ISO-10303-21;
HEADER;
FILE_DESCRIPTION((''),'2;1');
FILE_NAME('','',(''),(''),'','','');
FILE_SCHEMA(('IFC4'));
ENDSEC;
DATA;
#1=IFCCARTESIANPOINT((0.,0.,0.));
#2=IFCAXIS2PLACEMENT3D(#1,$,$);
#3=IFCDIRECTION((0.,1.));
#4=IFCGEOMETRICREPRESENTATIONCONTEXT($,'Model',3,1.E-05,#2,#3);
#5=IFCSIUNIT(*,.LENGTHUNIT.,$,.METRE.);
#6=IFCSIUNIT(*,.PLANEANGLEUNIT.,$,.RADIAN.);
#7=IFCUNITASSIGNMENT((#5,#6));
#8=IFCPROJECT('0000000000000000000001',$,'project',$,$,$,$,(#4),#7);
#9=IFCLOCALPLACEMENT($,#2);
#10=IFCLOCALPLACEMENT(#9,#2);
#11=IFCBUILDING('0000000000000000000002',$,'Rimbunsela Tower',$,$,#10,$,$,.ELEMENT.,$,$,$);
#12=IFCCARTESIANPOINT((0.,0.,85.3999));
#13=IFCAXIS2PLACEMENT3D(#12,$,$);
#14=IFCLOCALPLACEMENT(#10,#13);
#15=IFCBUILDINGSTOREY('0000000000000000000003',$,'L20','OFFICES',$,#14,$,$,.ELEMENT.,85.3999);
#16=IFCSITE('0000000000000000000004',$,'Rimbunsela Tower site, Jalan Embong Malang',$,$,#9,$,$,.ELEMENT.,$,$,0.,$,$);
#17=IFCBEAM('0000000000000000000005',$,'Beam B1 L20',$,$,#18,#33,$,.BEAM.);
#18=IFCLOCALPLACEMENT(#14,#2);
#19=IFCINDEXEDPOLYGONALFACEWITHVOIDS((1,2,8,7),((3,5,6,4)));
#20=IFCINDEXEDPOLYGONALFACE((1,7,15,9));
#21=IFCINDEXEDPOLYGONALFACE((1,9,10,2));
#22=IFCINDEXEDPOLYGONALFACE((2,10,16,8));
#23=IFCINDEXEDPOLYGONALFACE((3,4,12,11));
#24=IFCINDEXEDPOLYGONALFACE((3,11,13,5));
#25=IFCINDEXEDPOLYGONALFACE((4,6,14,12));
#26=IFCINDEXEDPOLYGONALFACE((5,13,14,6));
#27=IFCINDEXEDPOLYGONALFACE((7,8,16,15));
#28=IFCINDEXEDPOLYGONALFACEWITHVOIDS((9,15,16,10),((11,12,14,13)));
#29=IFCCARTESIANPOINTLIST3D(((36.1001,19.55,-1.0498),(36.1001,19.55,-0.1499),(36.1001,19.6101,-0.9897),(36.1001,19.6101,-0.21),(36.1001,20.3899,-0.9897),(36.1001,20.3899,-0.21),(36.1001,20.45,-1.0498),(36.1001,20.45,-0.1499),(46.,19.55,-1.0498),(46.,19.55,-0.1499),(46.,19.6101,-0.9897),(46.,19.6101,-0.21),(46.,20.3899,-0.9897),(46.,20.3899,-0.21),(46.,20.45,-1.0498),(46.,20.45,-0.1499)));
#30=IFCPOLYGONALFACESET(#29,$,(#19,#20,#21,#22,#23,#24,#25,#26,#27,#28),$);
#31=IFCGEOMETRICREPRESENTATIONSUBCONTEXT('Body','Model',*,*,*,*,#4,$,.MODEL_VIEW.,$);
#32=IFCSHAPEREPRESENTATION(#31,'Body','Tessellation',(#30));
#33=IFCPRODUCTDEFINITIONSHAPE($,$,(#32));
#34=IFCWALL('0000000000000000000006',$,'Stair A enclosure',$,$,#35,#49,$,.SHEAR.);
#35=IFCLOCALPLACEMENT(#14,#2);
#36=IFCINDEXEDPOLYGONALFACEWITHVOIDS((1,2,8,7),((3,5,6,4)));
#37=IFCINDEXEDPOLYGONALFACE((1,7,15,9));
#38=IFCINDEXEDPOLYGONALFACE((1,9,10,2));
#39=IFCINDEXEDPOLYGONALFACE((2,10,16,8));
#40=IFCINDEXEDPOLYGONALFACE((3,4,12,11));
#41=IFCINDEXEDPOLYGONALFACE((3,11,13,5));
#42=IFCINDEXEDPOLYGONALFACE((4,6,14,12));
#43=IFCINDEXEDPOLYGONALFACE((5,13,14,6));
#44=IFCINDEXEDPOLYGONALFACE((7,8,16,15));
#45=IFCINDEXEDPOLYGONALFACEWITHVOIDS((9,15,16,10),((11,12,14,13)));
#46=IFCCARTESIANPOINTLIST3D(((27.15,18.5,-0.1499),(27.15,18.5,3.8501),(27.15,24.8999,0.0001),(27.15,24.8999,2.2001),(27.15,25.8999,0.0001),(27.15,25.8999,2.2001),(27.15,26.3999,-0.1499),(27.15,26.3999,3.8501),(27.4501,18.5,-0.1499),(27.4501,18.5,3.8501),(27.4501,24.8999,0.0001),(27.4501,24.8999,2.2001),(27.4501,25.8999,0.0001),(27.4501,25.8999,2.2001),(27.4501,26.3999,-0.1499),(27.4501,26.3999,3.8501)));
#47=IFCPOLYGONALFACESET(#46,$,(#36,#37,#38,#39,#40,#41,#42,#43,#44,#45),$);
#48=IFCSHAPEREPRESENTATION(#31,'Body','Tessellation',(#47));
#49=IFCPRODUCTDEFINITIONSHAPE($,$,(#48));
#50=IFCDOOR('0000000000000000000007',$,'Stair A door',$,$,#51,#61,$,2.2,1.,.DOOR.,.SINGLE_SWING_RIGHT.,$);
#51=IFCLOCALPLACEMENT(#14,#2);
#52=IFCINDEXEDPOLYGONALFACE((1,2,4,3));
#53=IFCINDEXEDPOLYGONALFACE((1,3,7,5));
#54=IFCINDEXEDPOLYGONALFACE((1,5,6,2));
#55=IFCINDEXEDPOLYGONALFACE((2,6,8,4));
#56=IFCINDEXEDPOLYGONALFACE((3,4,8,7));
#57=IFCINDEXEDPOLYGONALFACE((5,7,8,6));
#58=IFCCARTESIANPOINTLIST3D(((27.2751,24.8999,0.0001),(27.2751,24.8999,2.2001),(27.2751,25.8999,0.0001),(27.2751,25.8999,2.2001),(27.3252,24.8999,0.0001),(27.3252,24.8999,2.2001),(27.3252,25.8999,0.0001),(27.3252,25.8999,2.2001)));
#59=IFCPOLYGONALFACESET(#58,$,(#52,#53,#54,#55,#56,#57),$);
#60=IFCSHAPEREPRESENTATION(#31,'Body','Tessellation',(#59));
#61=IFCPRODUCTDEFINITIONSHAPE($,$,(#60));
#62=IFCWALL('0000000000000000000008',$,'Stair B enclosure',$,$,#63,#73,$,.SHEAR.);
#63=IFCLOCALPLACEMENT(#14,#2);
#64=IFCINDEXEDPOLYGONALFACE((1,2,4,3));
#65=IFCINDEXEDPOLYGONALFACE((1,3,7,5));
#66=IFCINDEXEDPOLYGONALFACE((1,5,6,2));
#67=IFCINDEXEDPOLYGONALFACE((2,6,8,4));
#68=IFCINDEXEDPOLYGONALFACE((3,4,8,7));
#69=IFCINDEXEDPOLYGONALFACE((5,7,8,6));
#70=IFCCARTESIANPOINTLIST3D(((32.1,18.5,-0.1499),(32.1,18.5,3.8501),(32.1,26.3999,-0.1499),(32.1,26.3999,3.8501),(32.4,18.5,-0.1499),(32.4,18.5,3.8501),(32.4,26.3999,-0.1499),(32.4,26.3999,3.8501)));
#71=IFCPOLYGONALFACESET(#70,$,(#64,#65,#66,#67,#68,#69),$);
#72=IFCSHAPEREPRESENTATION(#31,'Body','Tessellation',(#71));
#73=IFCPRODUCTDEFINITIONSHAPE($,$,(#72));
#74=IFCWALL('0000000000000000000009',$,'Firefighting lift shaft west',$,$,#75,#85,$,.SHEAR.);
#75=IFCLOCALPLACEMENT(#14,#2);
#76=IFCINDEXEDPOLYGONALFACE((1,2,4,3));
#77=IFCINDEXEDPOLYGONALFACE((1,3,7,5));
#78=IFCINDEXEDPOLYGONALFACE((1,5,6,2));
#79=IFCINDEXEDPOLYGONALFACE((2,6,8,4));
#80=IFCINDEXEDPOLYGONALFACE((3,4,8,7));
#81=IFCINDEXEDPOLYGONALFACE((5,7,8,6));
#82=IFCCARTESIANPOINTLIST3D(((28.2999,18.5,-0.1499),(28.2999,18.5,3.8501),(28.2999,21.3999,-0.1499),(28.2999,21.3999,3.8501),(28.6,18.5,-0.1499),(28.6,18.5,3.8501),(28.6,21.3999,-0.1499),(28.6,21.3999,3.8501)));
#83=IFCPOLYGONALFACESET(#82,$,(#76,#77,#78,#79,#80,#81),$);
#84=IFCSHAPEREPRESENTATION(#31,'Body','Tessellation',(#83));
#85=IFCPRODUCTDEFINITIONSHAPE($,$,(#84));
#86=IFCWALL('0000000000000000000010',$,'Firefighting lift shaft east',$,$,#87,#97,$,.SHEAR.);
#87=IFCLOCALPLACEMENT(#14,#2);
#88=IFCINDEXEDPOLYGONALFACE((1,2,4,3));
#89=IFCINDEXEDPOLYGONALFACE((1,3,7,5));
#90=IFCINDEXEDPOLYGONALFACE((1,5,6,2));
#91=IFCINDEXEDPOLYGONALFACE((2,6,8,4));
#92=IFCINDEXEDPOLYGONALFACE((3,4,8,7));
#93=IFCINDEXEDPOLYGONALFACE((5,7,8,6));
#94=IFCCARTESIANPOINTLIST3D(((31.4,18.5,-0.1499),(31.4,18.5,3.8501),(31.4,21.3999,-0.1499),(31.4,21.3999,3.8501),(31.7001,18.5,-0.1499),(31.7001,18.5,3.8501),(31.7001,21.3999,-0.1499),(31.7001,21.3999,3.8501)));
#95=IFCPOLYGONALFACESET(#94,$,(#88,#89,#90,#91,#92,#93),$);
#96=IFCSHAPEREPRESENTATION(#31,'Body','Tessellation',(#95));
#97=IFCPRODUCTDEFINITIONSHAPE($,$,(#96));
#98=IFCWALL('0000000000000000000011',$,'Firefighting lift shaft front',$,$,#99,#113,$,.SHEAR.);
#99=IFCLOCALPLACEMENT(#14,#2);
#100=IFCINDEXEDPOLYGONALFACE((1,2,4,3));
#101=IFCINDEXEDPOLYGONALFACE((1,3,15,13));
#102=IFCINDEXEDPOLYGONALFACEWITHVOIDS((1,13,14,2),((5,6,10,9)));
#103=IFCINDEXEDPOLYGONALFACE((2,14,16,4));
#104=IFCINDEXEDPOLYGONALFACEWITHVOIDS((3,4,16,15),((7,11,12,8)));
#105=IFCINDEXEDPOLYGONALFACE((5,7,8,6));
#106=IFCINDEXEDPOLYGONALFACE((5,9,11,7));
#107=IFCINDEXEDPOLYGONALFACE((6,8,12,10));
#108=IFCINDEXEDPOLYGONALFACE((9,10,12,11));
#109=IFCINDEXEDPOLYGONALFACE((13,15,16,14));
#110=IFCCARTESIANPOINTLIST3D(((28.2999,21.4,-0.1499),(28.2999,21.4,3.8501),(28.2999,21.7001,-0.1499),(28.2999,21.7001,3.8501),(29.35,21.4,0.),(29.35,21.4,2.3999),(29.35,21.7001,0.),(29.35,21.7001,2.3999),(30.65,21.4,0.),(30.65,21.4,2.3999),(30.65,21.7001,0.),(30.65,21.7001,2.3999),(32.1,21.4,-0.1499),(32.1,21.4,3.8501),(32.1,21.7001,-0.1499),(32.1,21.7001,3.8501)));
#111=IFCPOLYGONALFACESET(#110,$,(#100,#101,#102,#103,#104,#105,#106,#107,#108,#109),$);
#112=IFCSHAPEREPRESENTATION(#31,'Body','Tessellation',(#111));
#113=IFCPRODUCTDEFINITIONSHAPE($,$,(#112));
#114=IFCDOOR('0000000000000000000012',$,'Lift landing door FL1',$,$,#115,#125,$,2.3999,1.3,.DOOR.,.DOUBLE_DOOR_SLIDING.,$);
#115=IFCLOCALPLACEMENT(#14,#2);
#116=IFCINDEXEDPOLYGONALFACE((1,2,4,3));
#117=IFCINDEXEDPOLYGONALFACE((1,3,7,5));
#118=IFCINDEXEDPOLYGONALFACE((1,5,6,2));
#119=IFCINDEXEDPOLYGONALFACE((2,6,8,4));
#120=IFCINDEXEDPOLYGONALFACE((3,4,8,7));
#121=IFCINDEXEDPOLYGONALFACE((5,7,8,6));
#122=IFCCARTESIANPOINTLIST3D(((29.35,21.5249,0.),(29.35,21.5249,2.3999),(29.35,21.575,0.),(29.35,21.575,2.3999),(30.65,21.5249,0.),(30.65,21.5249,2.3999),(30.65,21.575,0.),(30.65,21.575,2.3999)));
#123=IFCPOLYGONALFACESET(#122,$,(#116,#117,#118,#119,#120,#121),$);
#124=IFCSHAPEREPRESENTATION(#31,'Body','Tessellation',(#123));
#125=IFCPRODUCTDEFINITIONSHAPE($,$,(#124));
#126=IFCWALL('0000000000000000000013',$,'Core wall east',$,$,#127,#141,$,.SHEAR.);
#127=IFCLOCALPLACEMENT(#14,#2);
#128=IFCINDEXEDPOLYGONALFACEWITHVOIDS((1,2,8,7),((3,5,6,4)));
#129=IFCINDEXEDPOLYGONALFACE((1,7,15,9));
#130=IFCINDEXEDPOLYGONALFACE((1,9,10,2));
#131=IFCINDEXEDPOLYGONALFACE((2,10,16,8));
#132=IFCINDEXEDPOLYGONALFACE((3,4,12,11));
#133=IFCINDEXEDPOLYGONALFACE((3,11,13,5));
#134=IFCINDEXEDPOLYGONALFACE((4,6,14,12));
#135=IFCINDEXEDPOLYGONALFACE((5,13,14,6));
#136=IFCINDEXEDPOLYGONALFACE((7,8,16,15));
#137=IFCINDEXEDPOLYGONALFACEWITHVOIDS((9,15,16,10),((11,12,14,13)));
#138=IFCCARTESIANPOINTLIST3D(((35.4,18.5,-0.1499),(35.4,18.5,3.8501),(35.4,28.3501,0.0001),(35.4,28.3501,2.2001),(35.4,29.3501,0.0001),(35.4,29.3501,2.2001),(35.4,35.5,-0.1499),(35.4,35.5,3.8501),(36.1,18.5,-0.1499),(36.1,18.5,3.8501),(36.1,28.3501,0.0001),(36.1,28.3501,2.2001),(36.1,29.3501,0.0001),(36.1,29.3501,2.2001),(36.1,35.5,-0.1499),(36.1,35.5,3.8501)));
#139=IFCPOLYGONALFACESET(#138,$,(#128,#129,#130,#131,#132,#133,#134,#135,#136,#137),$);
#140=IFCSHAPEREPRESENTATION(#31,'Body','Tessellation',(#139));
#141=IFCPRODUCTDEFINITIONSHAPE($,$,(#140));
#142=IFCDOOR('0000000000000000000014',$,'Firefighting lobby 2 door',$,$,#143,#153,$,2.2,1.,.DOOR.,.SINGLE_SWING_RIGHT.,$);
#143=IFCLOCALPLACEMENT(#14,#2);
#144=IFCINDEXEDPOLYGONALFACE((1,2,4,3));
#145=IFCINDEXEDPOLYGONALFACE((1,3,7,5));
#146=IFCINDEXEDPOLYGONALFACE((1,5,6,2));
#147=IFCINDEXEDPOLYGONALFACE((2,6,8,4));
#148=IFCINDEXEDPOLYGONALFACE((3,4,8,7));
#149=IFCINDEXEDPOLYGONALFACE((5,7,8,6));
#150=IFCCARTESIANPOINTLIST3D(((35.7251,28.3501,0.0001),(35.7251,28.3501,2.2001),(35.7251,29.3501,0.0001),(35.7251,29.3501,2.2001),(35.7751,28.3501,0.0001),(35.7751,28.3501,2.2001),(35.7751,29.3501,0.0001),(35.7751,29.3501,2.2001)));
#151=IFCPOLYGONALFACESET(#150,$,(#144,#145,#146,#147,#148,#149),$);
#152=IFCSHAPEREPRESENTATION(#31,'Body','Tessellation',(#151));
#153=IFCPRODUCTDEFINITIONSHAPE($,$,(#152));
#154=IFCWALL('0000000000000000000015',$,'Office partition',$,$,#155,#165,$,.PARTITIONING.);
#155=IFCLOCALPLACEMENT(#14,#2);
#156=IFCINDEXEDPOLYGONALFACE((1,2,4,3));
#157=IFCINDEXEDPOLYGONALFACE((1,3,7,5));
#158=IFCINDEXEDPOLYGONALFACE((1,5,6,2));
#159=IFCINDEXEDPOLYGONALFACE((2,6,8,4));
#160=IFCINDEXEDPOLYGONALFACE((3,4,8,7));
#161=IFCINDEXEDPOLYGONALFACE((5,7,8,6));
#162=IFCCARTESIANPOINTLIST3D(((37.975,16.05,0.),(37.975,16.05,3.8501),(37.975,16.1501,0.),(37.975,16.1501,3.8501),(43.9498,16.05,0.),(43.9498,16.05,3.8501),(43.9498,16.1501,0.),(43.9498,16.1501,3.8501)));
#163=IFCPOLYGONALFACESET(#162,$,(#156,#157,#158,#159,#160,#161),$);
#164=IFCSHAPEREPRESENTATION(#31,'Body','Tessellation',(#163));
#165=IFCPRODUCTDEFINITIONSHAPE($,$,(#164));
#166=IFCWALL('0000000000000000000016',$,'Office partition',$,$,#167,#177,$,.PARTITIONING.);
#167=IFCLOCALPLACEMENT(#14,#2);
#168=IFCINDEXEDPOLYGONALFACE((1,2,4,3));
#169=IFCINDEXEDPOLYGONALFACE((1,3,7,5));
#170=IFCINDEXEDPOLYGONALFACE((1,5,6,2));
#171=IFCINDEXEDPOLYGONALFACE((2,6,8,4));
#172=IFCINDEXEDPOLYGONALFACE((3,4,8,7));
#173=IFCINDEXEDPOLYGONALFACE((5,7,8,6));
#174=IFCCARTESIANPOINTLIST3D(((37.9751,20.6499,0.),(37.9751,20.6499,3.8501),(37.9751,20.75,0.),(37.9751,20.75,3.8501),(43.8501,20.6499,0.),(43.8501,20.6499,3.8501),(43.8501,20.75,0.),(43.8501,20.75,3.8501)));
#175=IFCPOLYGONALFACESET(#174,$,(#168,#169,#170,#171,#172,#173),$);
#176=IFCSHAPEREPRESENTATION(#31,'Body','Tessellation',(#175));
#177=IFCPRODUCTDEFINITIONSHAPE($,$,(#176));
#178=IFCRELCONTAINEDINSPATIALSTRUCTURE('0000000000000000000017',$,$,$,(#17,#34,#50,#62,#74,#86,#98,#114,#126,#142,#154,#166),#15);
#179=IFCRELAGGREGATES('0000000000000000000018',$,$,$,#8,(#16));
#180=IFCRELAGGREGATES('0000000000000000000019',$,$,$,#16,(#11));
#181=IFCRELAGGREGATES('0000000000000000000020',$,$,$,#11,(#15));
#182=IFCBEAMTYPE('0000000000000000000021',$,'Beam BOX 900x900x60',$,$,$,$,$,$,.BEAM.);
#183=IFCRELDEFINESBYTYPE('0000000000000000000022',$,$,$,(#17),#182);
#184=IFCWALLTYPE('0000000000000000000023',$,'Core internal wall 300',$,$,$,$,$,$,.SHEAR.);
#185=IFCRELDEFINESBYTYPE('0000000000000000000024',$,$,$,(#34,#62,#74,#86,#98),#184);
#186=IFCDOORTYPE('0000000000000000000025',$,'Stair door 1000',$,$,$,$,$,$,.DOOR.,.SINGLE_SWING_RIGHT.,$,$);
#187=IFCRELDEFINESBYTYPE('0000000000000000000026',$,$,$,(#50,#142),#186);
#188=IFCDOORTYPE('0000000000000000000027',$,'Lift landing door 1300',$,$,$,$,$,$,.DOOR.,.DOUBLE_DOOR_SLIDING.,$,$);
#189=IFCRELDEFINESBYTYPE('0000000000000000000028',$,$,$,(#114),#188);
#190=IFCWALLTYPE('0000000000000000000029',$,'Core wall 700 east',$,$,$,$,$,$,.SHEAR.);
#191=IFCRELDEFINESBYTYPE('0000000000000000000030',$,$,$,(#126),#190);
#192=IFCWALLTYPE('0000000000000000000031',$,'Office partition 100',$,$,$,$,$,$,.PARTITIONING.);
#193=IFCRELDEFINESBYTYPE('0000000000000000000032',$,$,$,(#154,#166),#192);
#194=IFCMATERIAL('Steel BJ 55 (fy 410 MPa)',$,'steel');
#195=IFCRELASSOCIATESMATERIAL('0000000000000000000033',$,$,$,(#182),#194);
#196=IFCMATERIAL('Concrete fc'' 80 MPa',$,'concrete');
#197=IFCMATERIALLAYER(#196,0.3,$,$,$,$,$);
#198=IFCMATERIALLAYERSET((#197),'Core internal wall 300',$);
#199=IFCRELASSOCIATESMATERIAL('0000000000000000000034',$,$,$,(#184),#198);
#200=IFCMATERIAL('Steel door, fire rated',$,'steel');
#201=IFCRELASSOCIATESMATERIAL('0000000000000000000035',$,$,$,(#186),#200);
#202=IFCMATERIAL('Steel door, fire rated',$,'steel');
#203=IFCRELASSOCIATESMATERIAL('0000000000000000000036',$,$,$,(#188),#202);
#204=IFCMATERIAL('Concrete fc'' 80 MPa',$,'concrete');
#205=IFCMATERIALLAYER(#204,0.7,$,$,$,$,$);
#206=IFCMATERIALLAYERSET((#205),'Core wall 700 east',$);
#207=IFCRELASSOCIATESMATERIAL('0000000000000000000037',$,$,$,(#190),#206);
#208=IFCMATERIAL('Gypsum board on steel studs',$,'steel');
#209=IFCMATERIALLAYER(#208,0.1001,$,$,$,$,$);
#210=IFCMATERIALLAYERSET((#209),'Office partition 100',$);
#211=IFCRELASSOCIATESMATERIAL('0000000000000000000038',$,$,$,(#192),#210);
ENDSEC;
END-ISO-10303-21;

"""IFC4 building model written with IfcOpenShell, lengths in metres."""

from ifc_helpers import new_model, si_unit, direction, frame, frame_2d, origin, origin_2d, place, context, subcontext, project, spatial, rectangle, hollow_rectangle, extrude, material, layer, layer_set, material_profile, profile_set, type_object, element, fill, save


model = new_model("IFC4")

# Units and contexts
model_context = context("Model", 3, precision=1e-05, world=origin(), true_north=direction((0.0, 1.0)))
body_context = subcontext(model_context, "Body", "Model", "MODEL_VIEW")
ifc_project = project(units=[si_unit("LENGTHUNIT", "METRE"), si_unit("PLANEANGLEUNIT", "RADIAN")], contexts=[model_context])

# Site, building, storey
site_placement = place(None, origin())
site = spatial("IfcSite", under=ifc_project, at=site_placement, Name="Rimbunsela Tower site, Jalan Embong Malang", CompositionType="ELEMENT", RefElevation=0.0)
building_placement = place(site_placement, origin())
building = spatial("IfcBuilding", under=site, at=building_placement, Name="Rimbunsela Tower", CompositionType="ELEMENT")
storey_placement = place(building_placement, frame((0.0, 0.0, 85.3999)))
storey = spatial("IfcBuildingStorey", under=building, at=storey_placement, Name="L20", Description="OFFICES", CompositionType="ELEMENT", Elevation=85.3999)

# Beam
ifc_material_1 = material(Name="Steel BJ 55 (fy 410 MPa)", Category="steel")
ifc_material_profile = material_profile(ifc_material_1, hollow_rectangle(XDim=0.8999, YDim=0.8999, WallThickness=0.0601, at=origin_2d()), Name="BOX 900x900x60")
ifc_profile_set = profile_set([ifc_material_profile], Name="Steel BJ 55 (fy 410 MPa)")
beam_type = type_object("IfcBeamType", Name="Beam BOX 900x900x60", PredefinedType="BEAM", material=ifc_profile_set)
beam_placement = place(storey_placement, frame((36.1001, 20.0, -0.5999), z_axis=(1.0, 0.0, 0.0), x_axis=(0.0, 1.0, 0.0)))
element("IfcBeam", 1, at=beam_placement, inside=storey, type_object=beam_type, Name="Beam B1 L20", PredefinedType="BEAM", context=body_context, shape_type="SweptSolid", body=[
    extrude(hollow_rectangle(XDim=0.8999, YDim=0.8999, WallThickness=0.0601, at=origin_2d()), origin(), (0.0, 0.0, 1.0), 9.8999),
])

# Wall, opening, door
ifc_material_2 = material(Name="Concrete fc' 80 MPa", Category="concrete")
ifc_layer_1 = layer(ifc_material_2, 0.3)
ifc_layer_set_1 = layer_set([ifc_layer_1], Name="Core internal wall 300")
wall_type_1 = type_object("IfcWallType", Name="Core internal wall 300", PredefinedType="SHEAR", material=ifc_layer_set_1)
wall_1_placement = place(storey_placement, frame((27.3, 18.5, -0.1499), z_axis=(0.0, 0.0, 1.0), x_axis=(0.0, 1.0, 0.0)))
wall_1 = element("IfcWall", 2, at=wall_1_placement, inside=storey, type_object=wall_type_1, Name="Stair A enclosure", PredefinedType="SHEAR", context=body_context, shape_type="SweptSolid", body=[
    extrude(rectangle(XDim=7.8999, YDim=0.3, at=frame_2d((3.95, 0.0))), origin(), (0.0, 0.0, 1.0), 4.0),
])
opening_1_placement = place(wall_1_placement, frame((6.3999, 0.0, 0.1499)))
opening_1 = element("IfcOpeningElement", 3, at=opening_1_placement, cuts=wall_1, PredefinedType="OPENING", context=body_context, shape_type="SweptSolid", body=[
    extrude(rectangle(XDim=1.0, YDim=2.2, at=frame_2d((0.5, 1.1001))), frame((0.0, 0.1599, 0.0), z_axis=(0.0, -1.0, 0.0), x_axis=(1.0, 0.0, 0.0)), (0.0, 0.0, 1.0), 0.3201),
])
ifc_material_3 = material(Name="Steel door, fire rated", Category="steel")
door_type_1 = type_object("IfcDoorType", Name="Stair door 1000", OperationType="SINGLE_SWING_RIGHT", PredefinedType="DOOR", material=ifc_material_3)
door_1_placement = place(opening_1_placement, origin())
door_1 = element("IfcDoor", 4, at=door_1_placement, inside=storey, type_object=door_type_1, Name="Stair A door", OperationType="SINGLE_SWING_RIGHT", OverallHeight=2.2, OverallWidth=1.0, PredefinedType="DOOR", context=body_context, shape_type="SweptSolid", body=[
    extrude(rectangle(XDim=1.0, YDim=2.2, at=frame_2d((0.5, 1.1001))), frame((0.0, 0.0249, 0.0), z_axis=(0.0, -1.0, 0.0), x_axis=(1.0, 0.0, 0.0)), (0.0, 0.0, 1.0), 0.05),
])
fill(opening_1, door_1)

# Walls
wall_2_placement = place(storey_placement, frame((32.25, 18.5, -0.1499), z_axis=(0.0, 0.0, 1.0), x_axis=(0.0, 1.0, 0.0)))
element("IfcWall", 5, at=wall_2_placement, inside=storey, type_object=wall_type_1, Name="Stair B enclosure", PredefinedType="SHEAR", context=body_context, shape_type="SweptSolid", body=[
    extrude(rectangle(XDim=7.8999, YDim=0.3, at=frame_2d((3.95, 0.0))), origin(), (0.0, 0.0, 1.0), 4.0),
])
for number, where, z_axis, x_axis, name in (
    (6, (28.45, 18.5, -0.1499), (0.0, 0.0, 1.0), (0.0, 1.0, 0.0), "Firefighting lift shaft west"),
    (7, (31.55, 18.5, -0.1499), (0.0, 0.0, 1.0), (0.0, 1.0, 0.0), "Firefighting lift shaft east"),
):
    element("IfcWall", number, at=place(storey_placement, frame(where, z_axis=z_axis, x_axis=x_axis)), inside=storey, type_object=wall_type_1, Name=name, PredefinedType="SHEAR", context=body_context, shape_type="SweptSolid", body=[
        extrude(rectangle(XDim=2.8999, YDim=0.3, at=frame_2d((1.45, 0.0))), origin(), (0.0, 0.0, 1.0), 4.0),
    ])

# Walls, openings, doors
wall_3_placement = place(storey_placement, frame((28.3, 21.55, -0.1499), z_axis=(0.0, 0.0, 1.0), x_axis=(1.0, 0.0, 0.0)))
wall_3 = element("IfcWall", 8, at=wall_3_placement, inside=storey, type_object=wall_type_1, Name="Firefighting lift shaft front", PredefinedType="SHEAR", context=body_context, shape_type="SweptSolid", body=[
    extrude(rectangle(XDim=3.8, YDim=0.3, at=frame_2d((1.8999, 0.0))), origin(), (0.0, 0.0, 1.0), 4.0),
])
opening_2_placement = place(wall_3_placement, frame((1.05, 0.0, 0.1499)))
opening_2 = element("IfcOpeningElement", 9, at=opening_2_placement, cuts=wall_3, PredefinedType="OPENING", context=body_context, shape_type="SweptSolid", body=[
    extrude(rectangle(XDim=1.3, YDim=2.3999, at=frame_2d((0.6499, 1.2))), frame((0.0, 0.1599, 0.0), z_axis=(0.0, -1.0, 0.0), x_axis=(1.0, 0.0, 0.0)), (0.0, 0.0, 1.0), 0.3201),
])
ifc_material_4 = material(Name="Steel door, fire rated", Category="steel")
door_type_2 = type_object("IfcDoorType", Name="Lift landing door 1300", OperationType="DOUBLE_DOOR_SLIDING", PredefinedType="DOOR", material=ifc_material_4)
door_2_placement = place(opening_2_placement, origin())
door_2 = element("IfcDoor", 10, at=door_2_placement, inside=storey, type_object=door_type_2, Name="Lift landing door FL1", OperationType="DOUBLE_DOOR_SLIDING", OverallHeight=2.3999, OverallWidth=1.3, PredefinedType="DOOR", context=body_context, shape_type="SweptSolid", body=[
    extrude(rectangle(XDim=1.3, YDim=2.3999, at=frame_2d((0.6499, 1.2))), frame((0.0, 0.0249, 0.0), z_axis=(0.0, -1.0, 0.0), x_axis=(1.0, 0.0, 0.0)), (0.0, 0.0, 1.0), 0.05),
])
fill(opening_2, door_2)
ifc_material_5 = material(Name="Concrete fc' 80 MPa", Category="concrete")
ifc_layer_2 = layer(ifc_material_5, 0.7)
ifc_layer_set_2 = layer_set([ifc_layer_2], Name="Core wall 700 east")
wall_type_2 = type_object("IfcWallType", Name="Core wall 700 east", PredefinedType="SHEAR", material=ifc_layer_set_2)
wall_4_placement = place(storey_placement, frame((35.75, 18.5, -0.1499), z_axis=(0.0, 0.0, 1.0), x_axis=(0.0, 1.0, 0.0)))
wall_4 = element("IfcWall", 11, at=wall_4_placement, inside=storey, type_object=wall_type_2, Name="Core wall east", PredefinedType="SHEAR", context=body_context, shape_type="SweptSolid", body=[
    extrude(rectangle(XDim=17.0, YDim=0.7, at=frame_2d((8.5, 0.0))), origin(), (0.0, 0.0, 1.0), 4.0),
])
opening_3_placement = place(wall_4_placement, frame((9.8501, 0.0, 0.1499)))
opening_3 = element("IfcOpeningElement", 12, at=opening_3_placement, cuts=wall_4, PredefinedType="OPENING", context=body_context, shape_type="SweptSolid", body=[
    extrude(rectangle(XDim=1.0, YDim=2.2, at=frame_2d((0.5, 1.1001))), frame((0.0, 0.3599, 0.0), z_axis=(0.0, -1.0, 0.0), x_axis=(1.0, 0.0, 0.0)), (0.0, 0.0, 1.0), 0.72),
])
door_3_placement = place(opening_3_placement, origin())
door_3 = element("IfcDoor", 13, at=door_3_placement, inside=storey, type_object=door_type_1, Name="Firefighting lobby 2 door", OperationType="SINGLE_SWING_RIGHT", OverallHeight=2.2, OverallWidth=1.0, PredefinedType="DOOR", context=body_context, shape_type="SweptSolid", body=[
    extrude(rectangle(XDim=1.0, YDim=2.2, at=frame_2d((0.5, 1.1001))), frame((0.0, 0.0249, 0.0), z_axis=(0.0, -1.0, 0.0), x_axis=(1.0, 0.0, 0.0)), (0.0, 0.0, 1.0), 0.05),
])
fill(opening_3, door_3)

# Walls
ifc_material_6 = material(Name="Gypsum board on steel studs", Category="steel")
ifc_layer_3 = layer(ifc_material_6, 0.1001)
ifc_layer_set_3 = layer_set([ifc_layer_3], Name="Office partition 100")
wall_type_3 = type_object("IfcWallType", Name="Office partition 100", PredefinedType="PARTITIONING", material=ifc_layer_set_3)
wall_5_placement = place(storey_placement, frame((37.9751, 16.1001, 0.0), z_axis=(0.0, 0.0, 1.0), x_axis=(1.0, 0.0, 0.0)))
element("IfcWall", 14, at=wall_5_placement, inside=storey, type_object=wall_type_3, Name="Office partition", PredefinedType="PARTITIONING", context=body_context, shape_type="SweptSolid", body=[
    extrude(rectangle(XDim=5.9749, YDim=0.1001, at=frame_2d((2.9873, 0.0))), origin(), (0.0, 0.0, 1.0), 3.8501),
])
wall_6_placement = place(storey_placement, frame((37.9751, 20.7, 0.0), z_axis=(0.0, 0.0, 1.0), x_axis=(1.0, 0.0, 0.0)))
element("IfcWall", 15, at=wall_6_placement, inside=storey, type_object=wall_type_3, Name="Office partition", PredefinedType="PARTITIONING", context=body_context, shape_type="SweptSolid", body=[
    extrude(rectangle(XDim=5.875, YDim=0.1001, at=frame_2d((2.9375, 0.0))), origin(), (0.0, 0.0, 1.0), 3.8501),
])

save(model, "model.ifc")
